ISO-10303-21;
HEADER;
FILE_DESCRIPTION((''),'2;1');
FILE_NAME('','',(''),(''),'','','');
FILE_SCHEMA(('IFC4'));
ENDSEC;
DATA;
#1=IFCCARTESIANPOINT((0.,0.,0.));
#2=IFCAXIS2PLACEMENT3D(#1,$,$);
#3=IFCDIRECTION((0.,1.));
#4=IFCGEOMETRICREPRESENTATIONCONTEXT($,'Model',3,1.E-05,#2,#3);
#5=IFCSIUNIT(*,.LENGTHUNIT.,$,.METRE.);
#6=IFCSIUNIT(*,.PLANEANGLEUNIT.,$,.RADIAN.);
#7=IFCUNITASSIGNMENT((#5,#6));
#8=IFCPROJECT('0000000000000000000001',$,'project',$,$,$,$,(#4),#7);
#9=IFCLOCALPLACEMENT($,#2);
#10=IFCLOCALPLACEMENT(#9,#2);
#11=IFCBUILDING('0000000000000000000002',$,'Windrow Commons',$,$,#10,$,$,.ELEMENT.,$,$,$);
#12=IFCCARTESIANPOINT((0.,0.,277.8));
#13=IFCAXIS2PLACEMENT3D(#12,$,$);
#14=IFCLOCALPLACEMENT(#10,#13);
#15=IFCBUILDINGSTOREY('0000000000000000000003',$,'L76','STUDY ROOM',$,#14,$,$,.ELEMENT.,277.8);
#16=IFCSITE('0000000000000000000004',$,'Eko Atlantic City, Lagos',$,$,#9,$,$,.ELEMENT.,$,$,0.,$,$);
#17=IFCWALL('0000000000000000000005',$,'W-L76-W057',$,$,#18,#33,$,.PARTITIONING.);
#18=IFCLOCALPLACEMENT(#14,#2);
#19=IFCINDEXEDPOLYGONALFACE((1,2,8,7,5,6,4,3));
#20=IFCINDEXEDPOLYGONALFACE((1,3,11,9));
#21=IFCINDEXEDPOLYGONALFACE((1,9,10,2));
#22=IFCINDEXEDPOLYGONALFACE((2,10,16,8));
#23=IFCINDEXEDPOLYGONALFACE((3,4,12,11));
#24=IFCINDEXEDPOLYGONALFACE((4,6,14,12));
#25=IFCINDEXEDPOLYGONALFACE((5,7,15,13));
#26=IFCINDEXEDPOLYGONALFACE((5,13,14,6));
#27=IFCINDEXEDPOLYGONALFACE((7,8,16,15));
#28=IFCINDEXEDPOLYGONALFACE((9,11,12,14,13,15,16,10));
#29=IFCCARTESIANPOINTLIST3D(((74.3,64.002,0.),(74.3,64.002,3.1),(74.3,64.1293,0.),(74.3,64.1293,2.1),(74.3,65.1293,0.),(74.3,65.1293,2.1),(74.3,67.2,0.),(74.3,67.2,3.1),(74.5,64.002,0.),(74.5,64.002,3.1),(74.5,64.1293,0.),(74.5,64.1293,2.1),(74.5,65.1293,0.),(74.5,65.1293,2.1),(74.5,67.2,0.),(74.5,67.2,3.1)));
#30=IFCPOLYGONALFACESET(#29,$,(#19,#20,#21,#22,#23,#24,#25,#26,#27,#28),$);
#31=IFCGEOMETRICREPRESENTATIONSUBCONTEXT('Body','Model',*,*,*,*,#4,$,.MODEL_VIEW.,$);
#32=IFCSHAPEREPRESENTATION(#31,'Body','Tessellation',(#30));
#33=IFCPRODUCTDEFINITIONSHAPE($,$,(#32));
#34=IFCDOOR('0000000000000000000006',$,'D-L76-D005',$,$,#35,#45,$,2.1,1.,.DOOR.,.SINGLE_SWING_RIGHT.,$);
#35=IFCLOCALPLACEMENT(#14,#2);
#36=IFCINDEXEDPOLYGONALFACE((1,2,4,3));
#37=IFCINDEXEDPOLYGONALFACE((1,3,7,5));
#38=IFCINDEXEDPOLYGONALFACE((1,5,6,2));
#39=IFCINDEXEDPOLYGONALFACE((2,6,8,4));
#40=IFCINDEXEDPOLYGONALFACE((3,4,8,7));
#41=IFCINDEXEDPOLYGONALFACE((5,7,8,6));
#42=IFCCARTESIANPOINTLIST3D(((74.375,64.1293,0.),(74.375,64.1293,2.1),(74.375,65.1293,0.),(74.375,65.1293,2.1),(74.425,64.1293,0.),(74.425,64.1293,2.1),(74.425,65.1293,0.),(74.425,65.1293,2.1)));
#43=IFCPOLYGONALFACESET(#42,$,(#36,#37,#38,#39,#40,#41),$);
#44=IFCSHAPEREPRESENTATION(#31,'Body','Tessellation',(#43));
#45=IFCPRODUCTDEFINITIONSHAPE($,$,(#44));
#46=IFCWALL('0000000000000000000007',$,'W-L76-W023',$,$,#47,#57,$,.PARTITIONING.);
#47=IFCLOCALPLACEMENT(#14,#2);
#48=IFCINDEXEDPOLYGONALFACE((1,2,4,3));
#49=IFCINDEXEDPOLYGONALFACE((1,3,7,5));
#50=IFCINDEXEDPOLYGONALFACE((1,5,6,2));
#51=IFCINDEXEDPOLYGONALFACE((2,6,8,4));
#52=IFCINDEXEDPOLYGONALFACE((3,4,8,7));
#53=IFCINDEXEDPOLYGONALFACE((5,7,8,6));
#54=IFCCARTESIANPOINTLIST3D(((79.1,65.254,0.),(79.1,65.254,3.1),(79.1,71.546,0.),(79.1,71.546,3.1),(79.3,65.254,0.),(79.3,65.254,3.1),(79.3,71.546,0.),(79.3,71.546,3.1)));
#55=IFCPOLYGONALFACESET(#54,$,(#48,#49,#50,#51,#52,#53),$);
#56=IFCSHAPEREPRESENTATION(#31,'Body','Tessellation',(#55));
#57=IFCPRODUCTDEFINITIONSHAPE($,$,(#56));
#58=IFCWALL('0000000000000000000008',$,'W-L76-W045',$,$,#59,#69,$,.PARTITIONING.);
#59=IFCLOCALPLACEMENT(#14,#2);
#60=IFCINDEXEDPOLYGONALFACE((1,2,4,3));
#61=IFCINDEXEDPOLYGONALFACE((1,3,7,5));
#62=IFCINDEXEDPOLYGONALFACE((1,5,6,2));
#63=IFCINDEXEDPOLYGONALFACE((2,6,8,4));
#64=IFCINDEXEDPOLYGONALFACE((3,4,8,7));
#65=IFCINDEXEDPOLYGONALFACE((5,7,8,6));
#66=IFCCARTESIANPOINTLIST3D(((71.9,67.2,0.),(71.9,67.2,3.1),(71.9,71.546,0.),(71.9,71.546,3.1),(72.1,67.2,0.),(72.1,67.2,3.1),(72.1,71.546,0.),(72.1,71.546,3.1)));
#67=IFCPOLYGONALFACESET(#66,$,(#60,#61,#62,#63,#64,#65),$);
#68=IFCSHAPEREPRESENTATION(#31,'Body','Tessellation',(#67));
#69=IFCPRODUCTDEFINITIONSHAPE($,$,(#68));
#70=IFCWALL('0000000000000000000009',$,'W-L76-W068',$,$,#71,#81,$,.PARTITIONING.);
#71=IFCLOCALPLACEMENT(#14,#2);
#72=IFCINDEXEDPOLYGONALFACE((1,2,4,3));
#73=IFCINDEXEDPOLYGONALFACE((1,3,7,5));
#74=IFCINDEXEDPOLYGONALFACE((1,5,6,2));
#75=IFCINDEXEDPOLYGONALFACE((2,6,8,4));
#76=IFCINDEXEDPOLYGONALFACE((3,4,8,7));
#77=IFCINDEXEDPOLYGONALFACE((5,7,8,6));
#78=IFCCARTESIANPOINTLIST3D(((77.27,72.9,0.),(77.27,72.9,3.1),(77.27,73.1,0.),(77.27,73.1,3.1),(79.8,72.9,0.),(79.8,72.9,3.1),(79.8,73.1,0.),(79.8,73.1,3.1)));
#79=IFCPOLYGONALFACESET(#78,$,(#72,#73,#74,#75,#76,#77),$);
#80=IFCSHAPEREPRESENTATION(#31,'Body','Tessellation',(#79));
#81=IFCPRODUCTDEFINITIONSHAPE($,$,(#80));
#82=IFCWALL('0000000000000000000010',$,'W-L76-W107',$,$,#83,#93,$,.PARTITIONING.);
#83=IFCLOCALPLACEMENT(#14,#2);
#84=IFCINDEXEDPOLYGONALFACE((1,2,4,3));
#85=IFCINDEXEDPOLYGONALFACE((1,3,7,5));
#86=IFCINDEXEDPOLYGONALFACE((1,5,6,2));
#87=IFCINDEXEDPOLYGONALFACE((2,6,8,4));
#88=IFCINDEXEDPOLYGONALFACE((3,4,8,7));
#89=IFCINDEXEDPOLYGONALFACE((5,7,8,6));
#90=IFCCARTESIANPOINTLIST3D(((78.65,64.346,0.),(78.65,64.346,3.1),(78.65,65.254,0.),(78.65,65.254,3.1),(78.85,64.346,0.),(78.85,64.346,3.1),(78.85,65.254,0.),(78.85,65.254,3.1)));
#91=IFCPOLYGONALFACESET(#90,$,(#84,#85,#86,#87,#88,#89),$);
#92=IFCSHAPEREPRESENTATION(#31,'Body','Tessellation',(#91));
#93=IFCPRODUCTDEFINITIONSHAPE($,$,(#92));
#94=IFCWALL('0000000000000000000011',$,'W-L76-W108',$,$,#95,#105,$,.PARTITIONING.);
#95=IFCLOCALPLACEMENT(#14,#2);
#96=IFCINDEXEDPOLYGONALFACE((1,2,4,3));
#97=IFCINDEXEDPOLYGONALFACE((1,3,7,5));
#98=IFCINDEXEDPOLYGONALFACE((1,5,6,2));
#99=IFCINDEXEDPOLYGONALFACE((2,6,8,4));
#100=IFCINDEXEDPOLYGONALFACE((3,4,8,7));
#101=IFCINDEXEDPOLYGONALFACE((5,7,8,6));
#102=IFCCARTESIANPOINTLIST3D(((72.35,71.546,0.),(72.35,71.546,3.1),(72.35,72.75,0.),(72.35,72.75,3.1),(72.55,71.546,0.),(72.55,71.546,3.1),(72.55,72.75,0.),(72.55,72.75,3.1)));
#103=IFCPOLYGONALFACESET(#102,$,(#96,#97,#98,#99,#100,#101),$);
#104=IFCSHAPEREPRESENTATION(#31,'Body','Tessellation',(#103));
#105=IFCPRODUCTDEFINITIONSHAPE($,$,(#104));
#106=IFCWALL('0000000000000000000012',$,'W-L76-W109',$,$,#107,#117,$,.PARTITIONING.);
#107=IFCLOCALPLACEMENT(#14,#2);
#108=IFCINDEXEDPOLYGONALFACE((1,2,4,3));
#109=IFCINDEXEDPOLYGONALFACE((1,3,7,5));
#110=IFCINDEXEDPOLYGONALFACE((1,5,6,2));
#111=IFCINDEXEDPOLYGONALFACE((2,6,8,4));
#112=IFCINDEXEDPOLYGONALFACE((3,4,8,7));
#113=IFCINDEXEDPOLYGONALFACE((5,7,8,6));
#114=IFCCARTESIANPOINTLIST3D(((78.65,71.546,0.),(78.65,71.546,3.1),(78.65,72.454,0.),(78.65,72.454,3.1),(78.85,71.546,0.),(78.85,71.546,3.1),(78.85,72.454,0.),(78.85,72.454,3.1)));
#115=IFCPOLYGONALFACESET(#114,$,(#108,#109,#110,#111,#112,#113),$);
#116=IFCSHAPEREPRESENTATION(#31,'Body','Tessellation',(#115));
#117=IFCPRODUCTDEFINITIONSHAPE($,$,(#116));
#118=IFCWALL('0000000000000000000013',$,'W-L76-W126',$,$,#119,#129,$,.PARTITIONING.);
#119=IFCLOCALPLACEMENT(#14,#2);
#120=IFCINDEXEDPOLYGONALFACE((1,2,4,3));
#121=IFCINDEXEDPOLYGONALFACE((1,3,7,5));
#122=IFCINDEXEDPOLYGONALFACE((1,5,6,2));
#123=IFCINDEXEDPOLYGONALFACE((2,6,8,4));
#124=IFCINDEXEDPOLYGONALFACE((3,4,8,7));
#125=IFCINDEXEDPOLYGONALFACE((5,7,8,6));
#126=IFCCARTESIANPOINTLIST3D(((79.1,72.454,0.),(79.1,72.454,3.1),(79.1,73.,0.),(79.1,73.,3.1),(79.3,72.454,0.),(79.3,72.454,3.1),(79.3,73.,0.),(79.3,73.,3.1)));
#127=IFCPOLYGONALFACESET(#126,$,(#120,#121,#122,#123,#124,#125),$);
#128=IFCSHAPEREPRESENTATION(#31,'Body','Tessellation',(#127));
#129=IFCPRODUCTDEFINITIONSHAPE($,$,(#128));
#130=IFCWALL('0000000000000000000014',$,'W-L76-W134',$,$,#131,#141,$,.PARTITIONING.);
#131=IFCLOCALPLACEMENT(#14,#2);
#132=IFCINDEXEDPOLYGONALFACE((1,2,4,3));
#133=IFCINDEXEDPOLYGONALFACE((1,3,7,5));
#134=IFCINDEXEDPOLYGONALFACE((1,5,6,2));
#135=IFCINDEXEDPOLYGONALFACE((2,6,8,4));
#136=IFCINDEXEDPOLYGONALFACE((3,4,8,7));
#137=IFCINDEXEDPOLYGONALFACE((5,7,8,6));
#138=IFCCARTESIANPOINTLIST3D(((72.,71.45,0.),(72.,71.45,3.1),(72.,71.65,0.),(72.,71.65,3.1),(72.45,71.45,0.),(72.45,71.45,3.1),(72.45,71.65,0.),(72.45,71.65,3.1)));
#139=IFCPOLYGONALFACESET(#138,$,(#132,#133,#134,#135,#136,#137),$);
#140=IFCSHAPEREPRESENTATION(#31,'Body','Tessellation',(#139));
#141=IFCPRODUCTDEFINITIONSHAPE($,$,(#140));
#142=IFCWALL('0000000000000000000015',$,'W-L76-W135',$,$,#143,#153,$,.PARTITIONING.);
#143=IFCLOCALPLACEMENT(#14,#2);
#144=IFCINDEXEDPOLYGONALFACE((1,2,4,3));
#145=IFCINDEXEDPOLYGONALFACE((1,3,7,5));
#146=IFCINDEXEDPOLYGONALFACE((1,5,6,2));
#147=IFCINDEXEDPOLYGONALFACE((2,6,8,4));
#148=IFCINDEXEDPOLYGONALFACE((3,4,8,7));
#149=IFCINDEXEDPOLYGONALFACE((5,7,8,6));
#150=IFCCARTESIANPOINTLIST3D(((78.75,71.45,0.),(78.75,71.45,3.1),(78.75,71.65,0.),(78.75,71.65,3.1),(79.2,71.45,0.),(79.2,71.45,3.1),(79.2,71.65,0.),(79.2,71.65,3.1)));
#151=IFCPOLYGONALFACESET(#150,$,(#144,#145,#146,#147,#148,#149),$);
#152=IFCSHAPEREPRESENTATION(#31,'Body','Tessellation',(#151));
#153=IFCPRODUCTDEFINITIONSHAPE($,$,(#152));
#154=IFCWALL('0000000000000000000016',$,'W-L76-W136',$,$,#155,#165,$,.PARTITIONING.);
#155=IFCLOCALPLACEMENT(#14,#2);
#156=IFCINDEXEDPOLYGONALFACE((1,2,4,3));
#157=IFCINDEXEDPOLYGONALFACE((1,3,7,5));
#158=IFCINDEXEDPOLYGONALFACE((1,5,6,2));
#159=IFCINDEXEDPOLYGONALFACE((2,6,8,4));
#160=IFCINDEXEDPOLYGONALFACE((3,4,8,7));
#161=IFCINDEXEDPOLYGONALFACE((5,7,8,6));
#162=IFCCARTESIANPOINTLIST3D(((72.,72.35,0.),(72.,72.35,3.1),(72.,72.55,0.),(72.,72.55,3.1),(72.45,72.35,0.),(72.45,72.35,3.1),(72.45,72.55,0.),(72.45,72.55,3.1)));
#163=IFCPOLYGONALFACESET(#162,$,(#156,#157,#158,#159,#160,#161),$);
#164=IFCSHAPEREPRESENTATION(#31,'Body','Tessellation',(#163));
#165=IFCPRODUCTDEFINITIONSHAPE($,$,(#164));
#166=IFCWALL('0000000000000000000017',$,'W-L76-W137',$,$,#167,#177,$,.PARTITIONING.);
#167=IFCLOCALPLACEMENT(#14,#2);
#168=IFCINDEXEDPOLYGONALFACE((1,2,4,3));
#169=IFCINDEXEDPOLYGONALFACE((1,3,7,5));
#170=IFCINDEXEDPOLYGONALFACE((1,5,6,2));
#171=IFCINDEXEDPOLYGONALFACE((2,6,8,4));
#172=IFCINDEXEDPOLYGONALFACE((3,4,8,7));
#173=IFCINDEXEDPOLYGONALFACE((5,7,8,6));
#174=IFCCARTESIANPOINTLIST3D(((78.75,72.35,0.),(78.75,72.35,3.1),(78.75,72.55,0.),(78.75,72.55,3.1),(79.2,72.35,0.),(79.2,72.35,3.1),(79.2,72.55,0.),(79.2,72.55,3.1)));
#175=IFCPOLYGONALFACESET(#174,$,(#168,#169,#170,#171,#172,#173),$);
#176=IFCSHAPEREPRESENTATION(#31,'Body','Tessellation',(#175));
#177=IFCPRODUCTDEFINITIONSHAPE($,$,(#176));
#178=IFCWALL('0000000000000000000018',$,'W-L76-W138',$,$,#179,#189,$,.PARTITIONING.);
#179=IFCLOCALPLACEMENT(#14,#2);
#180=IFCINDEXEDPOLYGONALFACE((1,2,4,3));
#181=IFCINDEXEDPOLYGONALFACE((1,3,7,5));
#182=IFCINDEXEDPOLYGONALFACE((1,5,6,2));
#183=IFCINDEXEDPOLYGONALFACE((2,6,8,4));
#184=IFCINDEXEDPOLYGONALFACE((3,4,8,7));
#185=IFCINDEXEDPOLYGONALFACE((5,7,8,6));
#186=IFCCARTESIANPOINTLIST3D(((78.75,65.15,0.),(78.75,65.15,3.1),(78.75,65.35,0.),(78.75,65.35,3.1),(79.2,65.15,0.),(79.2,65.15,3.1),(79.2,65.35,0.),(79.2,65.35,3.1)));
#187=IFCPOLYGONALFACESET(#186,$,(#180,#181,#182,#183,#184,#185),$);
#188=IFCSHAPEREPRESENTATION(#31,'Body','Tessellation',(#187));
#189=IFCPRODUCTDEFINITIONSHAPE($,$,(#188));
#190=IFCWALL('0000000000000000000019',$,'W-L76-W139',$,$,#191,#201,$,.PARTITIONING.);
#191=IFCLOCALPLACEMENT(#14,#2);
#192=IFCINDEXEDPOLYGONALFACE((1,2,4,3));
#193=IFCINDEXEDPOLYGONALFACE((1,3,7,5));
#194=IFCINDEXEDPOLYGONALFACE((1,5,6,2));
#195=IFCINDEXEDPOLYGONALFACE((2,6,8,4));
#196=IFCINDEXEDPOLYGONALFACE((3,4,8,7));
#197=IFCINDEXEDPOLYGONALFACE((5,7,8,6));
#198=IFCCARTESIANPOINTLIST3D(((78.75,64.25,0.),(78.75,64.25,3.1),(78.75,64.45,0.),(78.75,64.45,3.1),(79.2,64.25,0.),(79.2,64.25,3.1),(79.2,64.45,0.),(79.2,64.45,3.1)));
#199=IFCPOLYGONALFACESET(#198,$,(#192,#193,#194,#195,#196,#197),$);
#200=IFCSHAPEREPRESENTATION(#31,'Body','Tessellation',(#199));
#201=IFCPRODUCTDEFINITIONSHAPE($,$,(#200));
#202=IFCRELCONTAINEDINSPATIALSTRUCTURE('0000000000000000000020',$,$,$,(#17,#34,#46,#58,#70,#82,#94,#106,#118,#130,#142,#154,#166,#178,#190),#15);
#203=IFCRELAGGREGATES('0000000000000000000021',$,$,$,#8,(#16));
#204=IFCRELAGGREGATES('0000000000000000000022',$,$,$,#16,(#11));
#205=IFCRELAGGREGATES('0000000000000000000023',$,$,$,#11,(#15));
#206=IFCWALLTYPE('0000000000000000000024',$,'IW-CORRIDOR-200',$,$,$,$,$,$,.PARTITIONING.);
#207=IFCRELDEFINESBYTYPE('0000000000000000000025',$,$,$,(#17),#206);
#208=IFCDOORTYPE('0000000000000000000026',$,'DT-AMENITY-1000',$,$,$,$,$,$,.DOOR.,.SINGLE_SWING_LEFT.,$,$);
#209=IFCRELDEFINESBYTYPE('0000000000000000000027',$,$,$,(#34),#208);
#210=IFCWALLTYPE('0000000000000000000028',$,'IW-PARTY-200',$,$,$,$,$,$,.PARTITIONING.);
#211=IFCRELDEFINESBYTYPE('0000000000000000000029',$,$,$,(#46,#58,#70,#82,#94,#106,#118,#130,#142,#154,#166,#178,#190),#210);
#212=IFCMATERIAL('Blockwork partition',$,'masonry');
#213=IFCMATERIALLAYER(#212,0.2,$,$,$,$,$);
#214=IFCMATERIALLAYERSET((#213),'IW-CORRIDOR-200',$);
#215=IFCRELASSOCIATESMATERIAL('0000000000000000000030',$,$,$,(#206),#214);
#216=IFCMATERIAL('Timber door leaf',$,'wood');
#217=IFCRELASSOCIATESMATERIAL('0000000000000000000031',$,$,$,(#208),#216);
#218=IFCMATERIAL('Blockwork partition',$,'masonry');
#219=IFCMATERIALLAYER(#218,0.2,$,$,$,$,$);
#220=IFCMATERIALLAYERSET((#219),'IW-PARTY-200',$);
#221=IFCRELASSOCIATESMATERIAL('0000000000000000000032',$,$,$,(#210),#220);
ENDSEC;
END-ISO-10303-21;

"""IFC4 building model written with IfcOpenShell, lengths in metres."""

from ifc_helpers import new_model, si_unit, direction, frame, frame_2d, origin, place, context, subcontext, project, spatial, rectangle, extrude, material, layer, layer_set, type_object, element, fill, save


model = new_model("IFC4")

# Units and contexts
model_context = context("Model", 3, precision=1e-05, world=origin(), true_north=direction((0.0, 1.0)))
body_context = subcontext(model_context, "Body", "Model", "MODEL_VIEW")
ifc_project = project(units=[si_unit("LENGTHUNIT", "METRE"), si_unit("PLANEANGLEUNIT", "RADIAN")], contexts=[model_context])

# Site, building, storey
site_placement = place(None, origin())
site = spatial("IfcSite", under=ifc_project, at=site_placement, Name="Eko Atlantic City, Lagos", CompositionType="ELEMENT", RefElevation=0.0)
building_placement = place(site_placement, origin())
building = spatial("IfcBuilding", under=site, at=building_placement, Name="Windrow Commons", CompositionType="ELEMENT")
storey_placement = place(building_placement, frame((0.0, 0.0, 277.8)))
storey = spatial("IfcBuildingStorey", under=building, at=storey_placement, Name="L76", Description="STUDY ROOM", CompositionType="ELEMENT", Elevation=277.8)

# Wall, opening, door
ifc_material_1 = material(Name="Blockwork partition", Category="masonry")
ifc_layer_1 = layer(ifc_material_1, 0.2)
ifc_layer_set_1 = layer_set([ifc_layer_1], Name="IW-CORRIDOR-200")
wall_type_1 = type_object("IfcWallType", Name="IW-CORRIDOR-200", PredefinedType="PARTITIONING", material=ifc_layer_set_1)
wall_1_placement = place(storey_placement, frame((74.4, 64.002, 0.0), z_axis=(0.0, 0.0, 1.0), x_axis=(0.0, 1.0, 0.0)))
wall_1 = element("IfcWall", 1, at=wall_1_placement, inside=storey, type_object=wall_type_1, Name="W-L76-W057", PredefinedType="PARTITIONING", context=body_context, shape_type="SweptSolid", body=[
    extrude(rectangle(XDim=3.198, YDim=0.2, at=frame_2d((1.599, 0.0))), origin(), (0.0, 0.0, 1.0), 3.1),
])
opening_1_placement = place(wall_1_placement, frame((0.1273, 0.0, 0.0)))
opening_1 = element("IfcOpeningElement", 2, at=opening_1_placement, cuts=wall_1, PredefinedType="OPENING", context=body_context, shape_type="SweptSolid", body=[
    extrude(rectangle(XDim=1.0, YDim=2.1, at=frame_2d((0.5, 1.05))), frame((0.0, 0.11, 0.0), z_axis=(0.0, -1.0, 0.0), x_axis=(1.0, 0.0, 0.0)), (0.0, 0.0, 1.0), 0.22),
])
ifc_material_2 = material(Name="Timber door leaf", Category="wood")
door_type = type_object("IfcDoorType", Name="DT-AMENITY-1000", OperationType="SINGLE_SWING_LEFT", PredefinedType="DOOR", material=ifc_material_2)
door_placement = place(opening_1_placement, origin())
door = element("IfcDoor", 3, at=door_placement, inside=storey, type_object=door_type, Name="D-L76-D005", OperationType="SINGLE_SWING_RIGHT", OverallHeight=2.1, OverallWidth=1.0, PredefinedType="DOOR", context=body_context, shape_type="SweptSolid", body=[
    extrude(rectangle(XDim=1.0, YDim=2.1, at=frame_2d((0.5, 1.05))), frame((0.0, 0.025, 0.0), z_axis=(0.0, -1.0, 0.0), x_axis=(1.0, 0.0, 0.0)), (0.0, 0.0, 1.0), 0.05),
])
fill(opening_1, door)

# Walls
ifc_material_3 = material(Name="Blockwork partition", Category="masonry")
ifc_layer_2 = layer(ifc_material_3, 0.2)
ifc_layer_set_2 = layer_set([ifc_layer_2], Name="IW-PARTY-200")
wall_type_2 = type_object("IfcWallType", Name="IW-PARTY-200", PredefinedType="PARTITIONING", material=ifc_layer_set_2)
wall_2_placement = place(storey_placement, frame((79.2, 65.254, 0.0), z_axis=(0.0, 0.0, 1.0), x_axis=(0.0, 1.0, 0.0)))
element("IfcWall", 4, at=wall_2_placement, inside=storey, type_object=wall_type_2, Name="W-L76-W023", PredefinedType="PARTITIONING", context=body_context, shape_type="SweptSolid", body=[
    extrude(rectangle(XDim=6.292, YDim=0.2, at=frame_2d((3.146, 0.0))), origin(), (0.0, 0.0, 1.0), 3.1),
])
wall_3_placement = place(storey_placement, frame((72.0, 67.2, 0.0), z_axis=(0.0, 0.0, 1.0), x_axis=(0.0, 1.0, 0.0)))
element("IfcWall", 5, at=wall_3_placement, inside=storey, type_object=wall_type_2, Name="W-L76-W045", PredefinedType="PARTITIONING", context=body_context, shape_type="SweptSolid", body=[
    extrude(rectangle(XDim=4.346, YDim=0.2, at=frame_2d((2.173, 0.0))), origin(), (0.0, 0.0, 1.0), 3.1),
])
wall_4_placement = place(storey_placement, frame((77.27, 73.0, 0.0), z_axis=(0.0, 0.0, 1.0), x_axis=(1.0, 0.0, 0.0)))
element("IfcWall", 6, at=wall_4_placement, inside=storey, type_object=wall_type_2, Name="W-L76-W068", PredefinedType="PARTITIONING", context=body_context, shape_type="SweptSolid", body=[
    extrude(rectangle(XDim=2.53, YDim=0.2, at=frame_2d((1.265, 0.0))), origin(), (0.0, 0.0, 1.0), 3.1),
])
wall_5_placement = place(storey_placement, frame((78.75, 64.346, 0.0), z_axis=(0.0, 0.0, 1.0), x_axis=(0.0, 1.0, 0.0)))
element("IfcWall", 7, at=wall_5_placement, inside=storey, type_object=wall_type_2, Name="W-L76-W107", PredefinedType="PARTITIONING", context=body_context, shape_type="SweptSolid", body=[
    extrude(rectangle(XDim=0.908, YDim=0.2, at=frame_2d((0.454, 0.0))), origin(), (0.0, 0.0, 1.0), 3.1),
])
wall_6_placement = place(storey_placement, frame((72.45, 71.546, 0.0), z_axis=(0.0, 0.0, 1.0), x_axis=(0.0, 1.0, 0.0)))
element("IfcWall", 8, at=wall_6_placement, inside=storey, type_object=wall_type_2, Name="W-L76-W108", PredefinedType="PARTITIONING", context=body_context, shape_type="SweptSolid", body=[
    extrude(rectangle(XDim=1.204, YDim=0.2, at=frame_2d((0.602, 0.0))), origin(), (0.0, 0.0, 1.0), 3.1),
])
wall_7_placement = place(storey_placement, frame((78.75, 71.546, 0.0), z_axis=(0.0, 0.0, 1.0), x_axis=(0.0, 1.0, 0.0)))
element("IfcWall", 9, at=wall_7_placement, inside=storey, type_object=wall_type_2, Name="W-L76-W109", PredefinedType="PARTITIONING", context=body_context, shape_type="SweptSolid", body=[
    extrude(rectangle(XDim=0.908, YDim=0.2, at=frame_2d((0.454, 0.0))), origin(), (0.0, 0.0, 1.0), 3.1),
])
wall_8_placement = place(storey_placement, frame((79.2, 72.454, 0.0), z_axis=(0.0, 0.0, 1.0), x_axis=(0.0, 1.0, 0.0)))
element("IfcWall", 10, at=wall_8_placement, inside=storey, type_object=wall_type_2, Name="W-L76-W126", PredefinedType="PARTITIONING", context=body_context, shape_type="SweptSolid", body=[
    extrude(rectangle(XDim=0.546, YDim=0.2, at=frame_2d((0.273, 0.0))), origin(), (0.0, 0.0, 1.0), 3.1),
])
for number, where, z_axis, x_axis, name in (
    (11, (72.0, 71.55, 0.0), (0.0, 0.0, 1.0), (1.0, 0.0, 0.0), "W-L76-W134"),
    (12, (78.75, 71.55, 0.0), (0.0, 0.0, 1.0), (1.0, 0.0, 0.0), "W-L76-W135"),
    (13, (72.0, 72.45, 0.0), (0.0, 0.0, 1.0), (1.0, 0.0, 0.0), "W-L76-W136"),
    (14, (78.75, 72.45, 0.0), (0.0, 0.0, 1.0), (1.0, 0.0, 0.0), "W-L76-W137"),
    (15, (78.75, 65.25, 0.0), (0.0, 0.0, 1.0), (1.0, 0.0, 0.0), "W-L76-W138"),
    (16, (78.75, 64.35, 0.0), (0.0, 0.0, 1.0), (1.0, 0.0, 0.0), "W-L76-W139"),
):
    element("IfcWall", number, at=place(storey_placement, frame(where, z_axis=z_axis, x_axis=x_axis)), inside=storey, type_object=wall_type_2, Name=name, PredefinedType="PARTITIONING", context=body_context, shape_type="SweptSolid", body=[
        extrude(rectangle(XDim=0.45, YDim=0.2, at=frame_2d((0.225, 0.0))), origin(), (0.0, 0.0, 1.0), 3.1),
    ])

save(model, "model.ifc")
